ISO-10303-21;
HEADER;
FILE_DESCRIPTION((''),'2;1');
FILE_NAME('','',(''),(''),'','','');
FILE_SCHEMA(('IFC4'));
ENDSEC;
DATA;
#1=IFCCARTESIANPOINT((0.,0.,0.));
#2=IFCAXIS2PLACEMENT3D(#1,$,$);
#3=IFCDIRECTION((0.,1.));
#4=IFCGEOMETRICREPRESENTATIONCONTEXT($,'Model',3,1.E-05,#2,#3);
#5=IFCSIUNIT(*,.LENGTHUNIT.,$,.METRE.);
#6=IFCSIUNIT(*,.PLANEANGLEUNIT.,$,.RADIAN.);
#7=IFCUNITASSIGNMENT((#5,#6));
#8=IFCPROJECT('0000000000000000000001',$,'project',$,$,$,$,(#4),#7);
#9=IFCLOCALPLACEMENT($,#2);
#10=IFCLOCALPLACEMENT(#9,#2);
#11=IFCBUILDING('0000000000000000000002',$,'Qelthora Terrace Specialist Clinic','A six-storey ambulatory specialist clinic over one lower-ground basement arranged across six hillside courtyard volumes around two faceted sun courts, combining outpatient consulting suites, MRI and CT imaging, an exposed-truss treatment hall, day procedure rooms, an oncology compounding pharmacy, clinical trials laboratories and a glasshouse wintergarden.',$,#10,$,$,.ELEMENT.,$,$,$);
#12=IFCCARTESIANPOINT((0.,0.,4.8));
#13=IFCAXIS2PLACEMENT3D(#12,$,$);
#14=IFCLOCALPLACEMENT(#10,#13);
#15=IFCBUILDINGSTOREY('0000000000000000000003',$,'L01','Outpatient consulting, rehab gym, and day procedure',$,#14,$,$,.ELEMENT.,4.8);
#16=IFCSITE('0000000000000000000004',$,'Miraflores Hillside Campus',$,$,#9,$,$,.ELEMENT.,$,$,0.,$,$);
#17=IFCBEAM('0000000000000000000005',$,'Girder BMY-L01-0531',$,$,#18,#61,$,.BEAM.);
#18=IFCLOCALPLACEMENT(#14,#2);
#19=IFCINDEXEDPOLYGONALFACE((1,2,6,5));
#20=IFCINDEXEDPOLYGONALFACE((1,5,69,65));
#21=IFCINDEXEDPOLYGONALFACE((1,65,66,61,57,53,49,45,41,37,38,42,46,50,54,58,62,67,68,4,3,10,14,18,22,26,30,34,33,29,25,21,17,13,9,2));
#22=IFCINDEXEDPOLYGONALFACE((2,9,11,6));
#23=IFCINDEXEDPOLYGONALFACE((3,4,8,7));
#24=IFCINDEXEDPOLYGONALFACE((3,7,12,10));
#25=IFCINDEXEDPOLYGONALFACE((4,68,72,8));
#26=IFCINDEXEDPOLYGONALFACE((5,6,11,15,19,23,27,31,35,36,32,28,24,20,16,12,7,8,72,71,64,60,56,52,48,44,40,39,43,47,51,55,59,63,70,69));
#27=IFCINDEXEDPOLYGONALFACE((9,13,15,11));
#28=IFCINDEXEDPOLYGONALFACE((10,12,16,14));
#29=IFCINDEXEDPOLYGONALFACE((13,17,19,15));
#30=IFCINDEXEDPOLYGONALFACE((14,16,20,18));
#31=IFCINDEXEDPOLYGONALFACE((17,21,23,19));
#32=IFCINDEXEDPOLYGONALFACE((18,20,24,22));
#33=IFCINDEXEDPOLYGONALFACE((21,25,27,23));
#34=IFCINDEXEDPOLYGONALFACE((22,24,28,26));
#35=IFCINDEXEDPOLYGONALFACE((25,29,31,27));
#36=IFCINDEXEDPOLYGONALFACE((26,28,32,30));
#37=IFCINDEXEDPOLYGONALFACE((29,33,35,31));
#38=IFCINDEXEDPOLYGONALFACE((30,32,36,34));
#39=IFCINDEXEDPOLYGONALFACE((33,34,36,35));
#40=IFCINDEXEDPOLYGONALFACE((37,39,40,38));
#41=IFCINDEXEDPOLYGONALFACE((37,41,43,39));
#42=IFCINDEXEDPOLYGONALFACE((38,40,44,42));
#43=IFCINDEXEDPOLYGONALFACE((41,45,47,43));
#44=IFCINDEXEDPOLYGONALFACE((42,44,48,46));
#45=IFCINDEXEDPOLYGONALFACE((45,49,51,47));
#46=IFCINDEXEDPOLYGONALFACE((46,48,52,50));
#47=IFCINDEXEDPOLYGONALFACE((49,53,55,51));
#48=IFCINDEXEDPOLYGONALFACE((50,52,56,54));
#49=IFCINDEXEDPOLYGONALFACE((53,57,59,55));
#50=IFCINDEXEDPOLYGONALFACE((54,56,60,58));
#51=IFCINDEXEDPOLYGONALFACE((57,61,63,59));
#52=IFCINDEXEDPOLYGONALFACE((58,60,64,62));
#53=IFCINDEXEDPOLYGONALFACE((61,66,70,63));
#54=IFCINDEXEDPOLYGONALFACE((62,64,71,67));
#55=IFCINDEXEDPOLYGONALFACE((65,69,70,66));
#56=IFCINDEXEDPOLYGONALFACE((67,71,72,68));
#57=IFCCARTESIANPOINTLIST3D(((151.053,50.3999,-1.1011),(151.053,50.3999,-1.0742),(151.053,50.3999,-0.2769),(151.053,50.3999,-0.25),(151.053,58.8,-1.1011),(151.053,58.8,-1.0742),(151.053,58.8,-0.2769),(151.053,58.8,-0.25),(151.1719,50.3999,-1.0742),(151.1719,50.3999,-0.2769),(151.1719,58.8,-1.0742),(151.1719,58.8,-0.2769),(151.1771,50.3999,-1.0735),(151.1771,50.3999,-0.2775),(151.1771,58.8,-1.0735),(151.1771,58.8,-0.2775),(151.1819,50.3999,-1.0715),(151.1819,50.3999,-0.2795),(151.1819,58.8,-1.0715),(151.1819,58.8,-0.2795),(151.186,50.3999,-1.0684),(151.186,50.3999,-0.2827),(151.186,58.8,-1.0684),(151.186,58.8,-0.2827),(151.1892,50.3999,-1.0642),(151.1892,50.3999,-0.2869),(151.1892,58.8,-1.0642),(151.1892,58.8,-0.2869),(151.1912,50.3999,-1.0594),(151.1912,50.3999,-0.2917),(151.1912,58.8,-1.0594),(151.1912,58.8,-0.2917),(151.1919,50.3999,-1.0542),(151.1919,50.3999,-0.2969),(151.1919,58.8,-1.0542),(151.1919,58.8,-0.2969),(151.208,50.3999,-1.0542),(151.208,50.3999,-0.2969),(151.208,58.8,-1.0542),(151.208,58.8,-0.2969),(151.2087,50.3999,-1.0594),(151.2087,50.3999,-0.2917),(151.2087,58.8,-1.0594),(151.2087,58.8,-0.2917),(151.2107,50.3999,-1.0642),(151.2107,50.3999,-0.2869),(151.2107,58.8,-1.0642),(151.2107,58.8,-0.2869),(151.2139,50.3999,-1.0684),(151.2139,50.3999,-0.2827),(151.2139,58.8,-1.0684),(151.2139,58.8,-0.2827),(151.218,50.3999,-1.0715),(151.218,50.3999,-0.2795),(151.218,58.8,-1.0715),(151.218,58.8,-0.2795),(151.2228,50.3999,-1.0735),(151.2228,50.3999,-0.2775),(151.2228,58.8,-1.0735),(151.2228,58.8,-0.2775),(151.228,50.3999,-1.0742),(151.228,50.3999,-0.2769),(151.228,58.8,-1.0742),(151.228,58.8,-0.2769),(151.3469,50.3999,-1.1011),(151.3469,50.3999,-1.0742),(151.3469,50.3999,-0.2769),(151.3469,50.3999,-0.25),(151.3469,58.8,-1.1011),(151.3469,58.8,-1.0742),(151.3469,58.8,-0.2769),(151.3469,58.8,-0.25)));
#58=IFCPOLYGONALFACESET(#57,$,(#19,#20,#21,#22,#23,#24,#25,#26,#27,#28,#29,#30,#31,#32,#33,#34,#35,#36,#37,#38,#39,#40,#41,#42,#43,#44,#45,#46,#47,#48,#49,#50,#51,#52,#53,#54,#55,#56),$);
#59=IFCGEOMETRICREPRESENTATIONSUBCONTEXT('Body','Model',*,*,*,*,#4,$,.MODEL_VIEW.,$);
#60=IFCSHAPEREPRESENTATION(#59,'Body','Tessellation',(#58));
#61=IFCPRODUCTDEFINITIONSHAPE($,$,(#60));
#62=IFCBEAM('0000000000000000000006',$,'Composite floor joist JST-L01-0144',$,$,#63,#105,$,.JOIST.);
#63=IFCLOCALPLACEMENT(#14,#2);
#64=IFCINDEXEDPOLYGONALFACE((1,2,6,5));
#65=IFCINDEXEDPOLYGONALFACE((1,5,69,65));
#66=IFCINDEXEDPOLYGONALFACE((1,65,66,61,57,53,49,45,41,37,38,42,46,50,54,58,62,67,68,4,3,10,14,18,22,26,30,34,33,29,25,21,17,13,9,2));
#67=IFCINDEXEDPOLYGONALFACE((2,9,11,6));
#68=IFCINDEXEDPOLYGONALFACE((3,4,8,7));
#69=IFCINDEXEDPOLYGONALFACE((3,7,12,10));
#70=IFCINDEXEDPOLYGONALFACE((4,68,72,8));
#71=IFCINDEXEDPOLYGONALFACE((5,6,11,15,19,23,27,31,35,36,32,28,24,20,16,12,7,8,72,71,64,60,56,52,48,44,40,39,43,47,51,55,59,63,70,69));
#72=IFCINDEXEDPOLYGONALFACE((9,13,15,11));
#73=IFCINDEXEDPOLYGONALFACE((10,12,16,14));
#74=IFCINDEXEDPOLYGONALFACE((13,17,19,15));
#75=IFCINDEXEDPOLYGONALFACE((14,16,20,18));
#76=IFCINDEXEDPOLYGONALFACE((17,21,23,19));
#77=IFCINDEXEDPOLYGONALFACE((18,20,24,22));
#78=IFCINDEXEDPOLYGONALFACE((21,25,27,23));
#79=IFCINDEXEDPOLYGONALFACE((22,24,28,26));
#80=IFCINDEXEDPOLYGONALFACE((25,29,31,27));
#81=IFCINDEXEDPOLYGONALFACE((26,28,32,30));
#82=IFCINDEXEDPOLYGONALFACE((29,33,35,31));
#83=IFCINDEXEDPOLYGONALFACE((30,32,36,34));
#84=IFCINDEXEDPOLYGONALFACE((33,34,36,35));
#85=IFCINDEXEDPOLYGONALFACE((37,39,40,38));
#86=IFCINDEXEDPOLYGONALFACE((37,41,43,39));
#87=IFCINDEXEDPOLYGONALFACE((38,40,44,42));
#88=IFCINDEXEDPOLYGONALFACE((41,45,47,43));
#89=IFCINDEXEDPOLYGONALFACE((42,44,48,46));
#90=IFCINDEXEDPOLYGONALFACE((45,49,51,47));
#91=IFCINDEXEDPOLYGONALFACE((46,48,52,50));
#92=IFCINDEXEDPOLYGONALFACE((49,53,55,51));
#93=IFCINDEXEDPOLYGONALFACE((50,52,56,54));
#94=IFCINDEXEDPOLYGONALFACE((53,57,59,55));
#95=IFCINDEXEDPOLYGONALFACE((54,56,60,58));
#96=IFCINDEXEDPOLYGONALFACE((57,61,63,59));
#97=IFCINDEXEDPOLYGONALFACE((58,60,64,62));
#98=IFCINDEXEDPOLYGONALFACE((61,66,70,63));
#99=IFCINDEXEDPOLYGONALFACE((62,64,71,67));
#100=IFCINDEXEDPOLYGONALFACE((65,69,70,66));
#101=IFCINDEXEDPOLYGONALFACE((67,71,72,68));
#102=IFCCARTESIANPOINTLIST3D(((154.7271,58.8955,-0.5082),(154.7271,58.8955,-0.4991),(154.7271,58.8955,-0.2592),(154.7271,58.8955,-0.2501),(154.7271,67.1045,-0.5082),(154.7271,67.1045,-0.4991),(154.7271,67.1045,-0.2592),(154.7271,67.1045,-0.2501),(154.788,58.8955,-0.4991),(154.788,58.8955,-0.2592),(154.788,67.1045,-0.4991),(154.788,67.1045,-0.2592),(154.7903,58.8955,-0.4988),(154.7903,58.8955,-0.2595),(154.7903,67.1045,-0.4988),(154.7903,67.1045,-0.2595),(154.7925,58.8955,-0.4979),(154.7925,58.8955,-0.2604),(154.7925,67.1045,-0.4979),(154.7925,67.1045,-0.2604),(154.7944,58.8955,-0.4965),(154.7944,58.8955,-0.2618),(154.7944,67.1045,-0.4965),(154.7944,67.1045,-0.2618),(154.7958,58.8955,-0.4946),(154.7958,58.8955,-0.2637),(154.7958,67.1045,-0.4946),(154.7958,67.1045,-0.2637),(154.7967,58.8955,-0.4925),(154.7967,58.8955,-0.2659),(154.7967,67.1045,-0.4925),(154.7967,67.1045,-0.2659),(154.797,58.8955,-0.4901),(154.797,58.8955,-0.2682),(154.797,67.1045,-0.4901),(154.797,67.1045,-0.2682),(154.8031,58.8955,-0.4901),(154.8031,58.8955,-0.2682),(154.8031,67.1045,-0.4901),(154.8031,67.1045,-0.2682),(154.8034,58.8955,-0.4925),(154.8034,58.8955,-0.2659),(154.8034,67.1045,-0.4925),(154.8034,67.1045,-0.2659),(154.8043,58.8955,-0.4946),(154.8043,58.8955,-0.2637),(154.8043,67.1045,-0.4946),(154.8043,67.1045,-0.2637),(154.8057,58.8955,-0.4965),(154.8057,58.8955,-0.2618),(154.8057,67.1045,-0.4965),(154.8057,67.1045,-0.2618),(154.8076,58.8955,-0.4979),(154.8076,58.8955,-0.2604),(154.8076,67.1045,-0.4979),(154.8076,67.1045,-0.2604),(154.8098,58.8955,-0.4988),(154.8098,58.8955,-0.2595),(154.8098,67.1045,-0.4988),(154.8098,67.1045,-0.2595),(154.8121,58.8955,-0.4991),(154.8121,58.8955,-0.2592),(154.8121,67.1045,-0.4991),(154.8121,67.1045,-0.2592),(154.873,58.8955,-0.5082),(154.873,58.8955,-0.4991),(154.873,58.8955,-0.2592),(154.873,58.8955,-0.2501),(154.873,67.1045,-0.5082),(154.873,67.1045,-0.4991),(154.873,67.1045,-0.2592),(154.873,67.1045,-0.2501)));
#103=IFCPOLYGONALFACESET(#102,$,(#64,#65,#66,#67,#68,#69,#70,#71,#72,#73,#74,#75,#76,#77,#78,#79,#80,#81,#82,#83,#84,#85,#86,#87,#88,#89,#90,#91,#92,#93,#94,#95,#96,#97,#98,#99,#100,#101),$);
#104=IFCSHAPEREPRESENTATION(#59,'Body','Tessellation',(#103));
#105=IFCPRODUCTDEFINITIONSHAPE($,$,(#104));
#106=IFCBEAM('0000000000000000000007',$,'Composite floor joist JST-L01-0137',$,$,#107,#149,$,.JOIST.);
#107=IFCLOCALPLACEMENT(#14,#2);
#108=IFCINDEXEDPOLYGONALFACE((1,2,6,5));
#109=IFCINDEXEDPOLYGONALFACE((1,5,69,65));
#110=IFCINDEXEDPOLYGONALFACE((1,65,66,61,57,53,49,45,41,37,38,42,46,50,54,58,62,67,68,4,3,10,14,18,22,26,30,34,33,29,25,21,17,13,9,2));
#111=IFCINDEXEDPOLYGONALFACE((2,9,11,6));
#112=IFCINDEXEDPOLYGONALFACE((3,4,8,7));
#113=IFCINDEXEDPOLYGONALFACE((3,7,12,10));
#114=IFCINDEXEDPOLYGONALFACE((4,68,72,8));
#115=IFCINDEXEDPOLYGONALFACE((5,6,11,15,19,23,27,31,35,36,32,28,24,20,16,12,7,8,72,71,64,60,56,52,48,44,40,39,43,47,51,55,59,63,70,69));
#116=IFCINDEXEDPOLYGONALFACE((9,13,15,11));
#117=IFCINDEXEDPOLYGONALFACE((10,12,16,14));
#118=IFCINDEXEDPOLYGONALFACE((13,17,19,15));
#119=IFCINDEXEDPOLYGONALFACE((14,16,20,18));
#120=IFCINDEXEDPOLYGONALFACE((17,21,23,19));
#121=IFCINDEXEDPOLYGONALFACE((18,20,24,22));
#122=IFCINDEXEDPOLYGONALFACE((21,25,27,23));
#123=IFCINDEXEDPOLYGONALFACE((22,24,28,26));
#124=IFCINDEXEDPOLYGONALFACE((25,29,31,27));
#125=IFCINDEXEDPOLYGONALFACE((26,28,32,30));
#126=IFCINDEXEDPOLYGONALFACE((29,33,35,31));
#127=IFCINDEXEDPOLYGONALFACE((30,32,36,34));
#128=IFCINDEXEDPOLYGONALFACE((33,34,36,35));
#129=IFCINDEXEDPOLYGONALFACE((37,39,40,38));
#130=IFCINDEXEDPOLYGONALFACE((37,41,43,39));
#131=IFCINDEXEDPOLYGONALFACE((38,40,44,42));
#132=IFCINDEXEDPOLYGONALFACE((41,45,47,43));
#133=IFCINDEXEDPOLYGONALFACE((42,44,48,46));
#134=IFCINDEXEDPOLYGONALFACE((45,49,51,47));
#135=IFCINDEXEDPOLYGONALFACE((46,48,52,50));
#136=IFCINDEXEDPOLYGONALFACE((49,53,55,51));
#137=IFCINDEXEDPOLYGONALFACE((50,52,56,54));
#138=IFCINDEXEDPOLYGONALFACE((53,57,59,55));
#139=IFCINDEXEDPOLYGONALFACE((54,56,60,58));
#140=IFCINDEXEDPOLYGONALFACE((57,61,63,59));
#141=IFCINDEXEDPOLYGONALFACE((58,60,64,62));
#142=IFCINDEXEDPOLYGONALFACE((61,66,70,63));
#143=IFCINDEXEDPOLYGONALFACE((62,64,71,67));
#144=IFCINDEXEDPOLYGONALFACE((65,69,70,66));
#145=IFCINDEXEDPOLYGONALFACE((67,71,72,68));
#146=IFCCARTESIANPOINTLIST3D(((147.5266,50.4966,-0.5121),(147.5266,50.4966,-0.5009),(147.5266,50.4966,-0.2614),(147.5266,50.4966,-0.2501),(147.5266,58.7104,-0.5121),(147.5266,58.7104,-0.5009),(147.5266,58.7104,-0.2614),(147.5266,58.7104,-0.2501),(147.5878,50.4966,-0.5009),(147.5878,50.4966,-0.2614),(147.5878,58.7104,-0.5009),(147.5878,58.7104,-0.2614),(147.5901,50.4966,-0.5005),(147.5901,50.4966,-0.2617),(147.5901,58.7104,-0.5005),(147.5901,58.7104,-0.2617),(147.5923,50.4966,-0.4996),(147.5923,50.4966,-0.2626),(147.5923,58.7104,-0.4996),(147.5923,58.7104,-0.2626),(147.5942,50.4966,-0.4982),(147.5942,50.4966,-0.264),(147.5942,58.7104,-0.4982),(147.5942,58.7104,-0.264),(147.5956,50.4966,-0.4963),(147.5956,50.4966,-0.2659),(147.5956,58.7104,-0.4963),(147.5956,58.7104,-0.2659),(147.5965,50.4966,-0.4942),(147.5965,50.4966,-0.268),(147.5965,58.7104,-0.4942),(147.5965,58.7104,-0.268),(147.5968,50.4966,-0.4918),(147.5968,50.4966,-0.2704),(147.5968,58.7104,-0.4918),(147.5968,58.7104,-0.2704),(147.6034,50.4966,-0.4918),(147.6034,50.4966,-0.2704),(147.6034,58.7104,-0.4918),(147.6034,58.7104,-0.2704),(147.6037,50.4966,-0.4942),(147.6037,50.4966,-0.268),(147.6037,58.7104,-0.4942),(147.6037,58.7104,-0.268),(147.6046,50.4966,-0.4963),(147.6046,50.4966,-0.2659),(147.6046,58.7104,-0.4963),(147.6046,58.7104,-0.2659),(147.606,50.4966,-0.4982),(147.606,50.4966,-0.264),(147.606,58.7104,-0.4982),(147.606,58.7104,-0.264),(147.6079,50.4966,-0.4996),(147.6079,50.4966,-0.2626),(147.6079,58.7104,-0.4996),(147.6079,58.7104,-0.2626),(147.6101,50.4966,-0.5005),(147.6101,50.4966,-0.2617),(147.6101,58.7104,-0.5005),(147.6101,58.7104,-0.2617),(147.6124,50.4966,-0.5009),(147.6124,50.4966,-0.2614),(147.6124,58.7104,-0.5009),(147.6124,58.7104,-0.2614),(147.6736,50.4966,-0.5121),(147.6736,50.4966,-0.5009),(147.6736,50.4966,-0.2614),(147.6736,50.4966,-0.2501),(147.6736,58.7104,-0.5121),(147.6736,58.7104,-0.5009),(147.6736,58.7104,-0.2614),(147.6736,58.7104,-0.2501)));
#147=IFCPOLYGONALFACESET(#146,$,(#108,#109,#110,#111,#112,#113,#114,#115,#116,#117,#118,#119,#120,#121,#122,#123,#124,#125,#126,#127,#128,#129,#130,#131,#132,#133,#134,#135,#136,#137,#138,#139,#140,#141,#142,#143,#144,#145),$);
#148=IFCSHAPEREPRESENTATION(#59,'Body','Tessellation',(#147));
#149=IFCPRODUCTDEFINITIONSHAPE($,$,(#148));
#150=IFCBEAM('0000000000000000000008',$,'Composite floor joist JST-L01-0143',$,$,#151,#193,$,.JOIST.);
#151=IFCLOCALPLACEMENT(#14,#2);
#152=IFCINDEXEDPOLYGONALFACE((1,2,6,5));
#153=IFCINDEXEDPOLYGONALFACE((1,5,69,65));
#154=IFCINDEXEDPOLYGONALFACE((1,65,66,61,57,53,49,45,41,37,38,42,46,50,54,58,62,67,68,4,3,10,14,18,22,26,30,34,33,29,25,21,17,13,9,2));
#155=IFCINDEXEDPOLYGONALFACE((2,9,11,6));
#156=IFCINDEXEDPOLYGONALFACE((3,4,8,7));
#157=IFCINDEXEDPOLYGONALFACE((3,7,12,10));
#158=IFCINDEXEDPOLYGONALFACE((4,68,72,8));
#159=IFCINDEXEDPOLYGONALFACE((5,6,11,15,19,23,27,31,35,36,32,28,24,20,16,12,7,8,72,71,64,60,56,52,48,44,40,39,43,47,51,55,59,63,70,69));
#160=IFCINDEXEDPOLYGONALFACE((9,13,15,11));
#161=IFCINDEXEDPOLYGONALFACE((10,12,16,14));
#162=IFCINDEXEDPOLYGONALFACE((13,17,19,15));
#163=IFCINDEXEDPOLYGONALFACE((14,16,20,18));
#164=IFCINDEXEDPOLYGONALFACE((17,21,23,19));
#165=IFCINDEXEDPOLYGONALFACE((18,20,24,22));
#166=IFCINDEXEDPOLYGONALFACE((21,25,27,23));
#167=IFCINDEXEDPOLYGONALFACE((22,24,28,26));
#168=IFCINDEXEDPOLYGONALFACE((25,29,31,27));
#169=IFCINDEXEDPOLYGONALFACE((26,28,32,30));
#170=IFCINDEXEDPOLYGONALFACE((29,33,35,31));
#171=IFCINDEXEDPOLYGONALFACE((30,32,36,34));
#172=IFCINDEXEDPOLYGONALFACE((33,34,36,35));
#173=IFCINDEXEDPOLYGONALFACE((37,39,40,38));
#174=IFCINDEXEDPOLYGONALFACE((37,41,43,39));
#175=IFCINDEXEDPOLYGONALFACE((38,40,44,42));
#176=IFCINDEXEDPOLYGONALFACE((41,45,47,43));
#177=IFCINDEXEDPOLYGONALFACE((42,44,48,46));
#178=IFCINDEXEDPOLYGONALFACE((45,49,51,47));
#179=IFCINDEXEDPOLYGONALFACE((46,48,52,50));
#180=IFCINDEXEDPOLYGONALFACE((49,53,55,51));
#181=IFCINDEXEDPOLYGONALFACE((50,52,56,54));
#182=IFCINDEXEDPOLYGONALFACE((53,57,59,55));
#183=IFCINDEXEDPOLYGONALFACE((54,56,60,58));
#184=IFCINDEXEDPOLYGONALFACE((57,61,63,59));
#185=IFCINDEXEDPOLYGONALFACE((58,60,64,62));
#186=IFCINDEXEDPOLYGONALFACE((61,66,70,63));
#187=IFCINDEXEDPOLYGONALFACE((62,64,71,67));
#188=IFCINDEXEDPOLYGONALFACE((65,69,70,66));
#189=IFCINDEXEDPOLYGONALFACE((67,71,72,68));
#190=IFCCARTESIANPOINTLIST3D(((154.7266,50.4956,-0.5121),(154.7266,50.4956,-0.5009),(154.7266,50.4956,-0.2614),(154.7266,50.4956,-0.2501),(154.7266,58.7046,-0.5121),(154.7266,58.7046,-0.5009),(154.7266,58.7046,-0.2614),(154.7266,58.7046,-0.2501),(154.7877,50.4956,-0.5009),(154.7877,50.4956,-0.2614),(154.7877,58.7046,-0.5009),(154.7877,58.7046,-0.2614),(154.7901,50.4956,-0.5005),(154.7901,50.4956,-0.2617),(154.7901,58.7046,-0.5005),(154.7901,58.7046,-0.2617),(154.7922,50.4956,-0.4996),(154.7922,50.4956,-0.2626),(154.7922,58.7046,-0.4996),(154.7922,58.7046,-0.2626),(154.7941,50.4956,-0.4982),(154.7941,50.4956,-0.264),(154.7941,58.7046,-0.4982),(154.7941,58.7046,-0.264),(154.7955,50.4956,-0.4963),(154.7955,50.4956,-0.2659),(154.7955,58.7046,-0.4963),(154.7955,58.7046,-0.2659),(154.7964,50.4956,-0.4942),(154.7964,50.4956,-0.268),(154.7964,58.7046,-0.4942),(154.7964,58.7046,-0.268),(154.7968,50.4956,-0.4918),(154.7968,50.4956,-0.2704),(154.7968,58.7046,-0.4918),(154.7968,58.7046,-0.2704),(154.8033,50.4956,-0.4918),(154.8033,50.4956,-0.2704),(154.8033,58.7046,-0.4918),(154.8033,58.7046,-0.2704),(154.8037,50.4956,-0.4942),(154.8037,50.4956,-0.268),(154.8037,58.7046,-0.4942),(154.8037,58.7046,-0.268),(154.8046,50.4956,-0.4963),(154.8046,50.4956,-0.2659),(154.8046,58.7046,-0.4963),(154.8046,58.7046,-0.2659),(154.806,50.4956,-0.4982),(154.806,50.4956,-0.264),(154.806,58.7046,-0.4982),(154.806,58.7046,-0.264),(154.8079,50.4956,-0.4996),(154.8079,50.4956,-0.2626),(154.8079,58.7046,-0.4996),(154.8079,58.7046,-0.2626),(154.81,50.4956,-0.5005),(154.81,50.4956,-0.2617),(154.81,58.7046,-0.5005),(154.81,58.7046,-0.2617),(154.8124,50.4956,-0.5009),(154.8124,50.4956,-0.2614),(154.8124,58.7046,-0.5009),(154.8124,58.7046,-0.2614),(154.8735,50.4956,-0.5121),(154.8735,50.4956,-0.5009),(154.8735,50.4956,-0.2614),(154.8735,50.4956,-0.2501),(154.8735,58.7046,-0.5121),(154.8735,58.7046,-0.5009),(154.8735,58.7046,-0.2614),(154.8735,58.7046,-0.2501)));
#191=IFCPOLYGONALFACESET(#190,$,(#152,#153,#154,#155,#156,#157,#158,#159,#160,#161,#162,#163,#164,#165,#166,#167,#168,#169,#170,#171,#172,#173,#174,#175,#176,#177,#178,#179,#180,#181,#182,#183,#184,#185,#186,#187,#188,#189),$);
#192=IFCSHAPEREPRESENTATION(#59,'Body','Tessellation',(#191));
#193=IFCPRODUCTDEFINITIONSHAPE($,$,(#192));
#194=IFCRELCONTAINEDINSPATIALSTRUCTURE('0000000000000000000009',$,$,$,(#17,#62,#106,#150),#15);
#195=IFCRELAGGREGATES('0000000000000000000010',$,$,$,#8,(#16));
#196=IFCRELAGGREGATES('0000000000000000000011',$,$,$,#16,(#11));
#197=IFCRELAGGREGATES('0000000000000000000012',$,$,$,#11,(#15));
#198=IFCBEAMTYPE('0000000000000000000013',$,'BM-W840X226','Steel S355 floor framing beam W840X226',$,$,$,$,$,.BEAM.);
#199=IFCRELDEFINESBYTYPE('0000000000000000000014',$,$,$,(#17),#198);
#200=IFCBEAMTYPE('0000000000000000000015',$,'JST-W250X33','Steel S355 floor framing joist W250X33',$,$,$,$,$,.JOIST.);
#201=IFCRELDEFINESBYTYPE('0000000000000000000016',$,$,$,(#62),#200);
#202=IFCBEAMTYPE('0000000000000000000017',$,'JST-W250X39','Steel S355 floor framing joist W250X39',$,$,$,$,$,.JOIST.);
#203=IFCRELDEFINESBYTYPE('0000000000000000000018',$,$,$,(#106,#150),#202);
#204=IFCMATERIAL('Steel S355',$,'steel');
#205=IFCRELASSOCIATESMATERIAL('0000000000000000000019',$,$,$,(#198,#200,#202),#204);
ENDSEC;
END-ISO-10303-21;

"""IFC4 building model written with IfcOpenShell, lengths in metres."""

from ifc_helpers import new_model, si_unit, direction, frame, origin, origin_2d, place, context, subcontext, project, spatial, i_section, extrude, material, material_profile, profile_set, type_object, element, save


model = new_model("IFC4")

# Units and contexts
model_context = context("Model", 3, precision=1e-05, world=origin(), true_north=direction((0.0, 1.0)))
body_context = subcontext(model_context, "Body", "Model", "MODEL_VIEW")
ifc_project = project(units=[si_unit("LENGTHUNIT", "METRE"), si_unit("PLANEANGLEUNIT", "RADIAN")], contexts=[model_context])

# Site, building, storey
site_placement = place(None, origin())
site = spatial("IfcSite", under=ifc_project, at=site_placement, Name="Miraflores Hillside Campus", CompositionType="ELEMENT", RefElevation=0.0)
building_placement = place(site_placement, origin())
building = spatial("IfcBuilding", under=site, at=building_placement, Name="Qelthora Terrace Specialist Clinic", Description="A six-storey ambulatory specialist clinic over one lower-ground basement arranged across six hillside courtyard volumes around two faceted sun courts, combining outpatient consulting suites, MRI and CT imaging, an exposed-truss treatment hall, day procedure rooms, an oncology compounding pharmacy, clinical trials laboratories and a glasshouse wintergarden.", CompositionType="ELEMENT")
storey_placement = place(building_placement, frame((0.0, 0.0, 4.8)))
storey = spatial("IfcBuildingStorey", under=building, at=storey_placement, Name="L01", Description="Outpatient consulting, rehab gym, and day procedure", CompositionType="ELEMENT", Elevation=4.8)

# Shared definitions
ifc_material_1 = material(Name="Steel S355", Category="steel")

# Beams
ifc_material_profile_1 = material_profile(ifc_material_1, i_section(OverallWidth=0.2939, OverallDepth=0.8511, WebThickness=0.0161, FlangeThickness=0.0269, FilletRadius=0.02, at=origin_2d()), Name="W840X226")
ifc_profile_set_1 = profile_set([ifc_material_profile_1], Name="Steel S355")
beam_type_1 = type_object("IfcBeamType", Name="BM-W840X226", Description="Steel S355 floor framing beam W840X226", PredefinedType="BEAM", material=ifc_profile_set_1)
beam_1_placement = place(storey_placement, frame((151.2, 50.3999, -0.6755), z_axis=(0.0, 1.0, 0.0), x_axis=(-1.0, 0.0, 0.0)))
element("IfcBeam", 1, at=beam_1_placement, inside=storey, type_object=beam_type_1, Name="Girder BMY-L01-0531", PredefinedType="BEAM", context=body_context, shape_type="SweptSolid", body=[
    extrude(i_section(OverallWidth=0.2939, OverallDepth=0.8511, WebThickness=0.0161, FlangeThickness=0.0269, FilletRadius=0.02, at=origin_2d()), origin(), (0.0, 0.0, 1.0), 8.4001),
])
ifc_material_profile_2 = material_profile(ifc_material_1, i_section(OverallWidth=0.146, OverallDepth=0.2581, WebThickness=0.0061, FlangeThickness=0.009, FilletRadius=0.009, at=origin_2d()), Name="W250X33")
ifc_profile_set_2 = profile_set([ifc_material_profile_2], Name="Steel S355")
beam_type_2 = type_object("IfcBeamType", Name="JST-W250X33", Description="Steel S355 floor framing joist W250X33", PredefinedType="JOIST", material=ifc_profile_set_2)
beam_2_placement = place(storey_placement, frame((154.8, 58.8955, -0.3792), z_axis=(0.0, 1.0, 0.0), x_axis=(-1.0, 0.0, 0.0)))
element("IfcBeam", 2, at=beam_2_placement, inside=storey, type_object=beam_type_2, Name="Composite floor joist JST-L01-0144", PredefinedType="JOIST", context=body_context, shape_type="SweptSolid", body=[
    extrude(i_section(OverallWidth=0.146, OverallDepth=0.2581, WebThickness=0.0061, FlangeThickness=0.009, FilletRadius=0.009, at=origin_2d()), origin(), (0.0, 0.0, 1.0), 8.209),
])
ifc_material_profile_3 = material_profile(ifc_material_1, i_section(OverallWidth=0.147, OverallDepth=0.262, WebThickness=0.0066, FlangeThickness=0.0112, FilletRadius=0.009, at=origin_2d()), Name="W250X39")
ifc_profile_set_3 = profile_set([ifc_material_profile_3], Name="Steel S355")
beam_type_3 = type_object("IfcBeamType", Name="JST-W250X39", Description="Steel S355 floor framing joist W250X39", PredefinedType="JOIST", material=ifc_profile_set_3)
beam_3_placement = place(storey_placement, frame((147.6001, 50.4966, -0.3811), z_axis=(0.0, 1.0, 0.0), x_axis=(-1.0, 0.0, 0.0)))
element("IfcBeam", 3, at=beam_3_placement, inside=storey, type_object=beam_type_3, Name="Composite floor joist JST-L01-0137", PredefinedType="JOIST", context=body_context, shape_type="SweptSolid", body=[
    extrude(i_section(OverallWidth=0.147, OverallDepth=0.262, WebThickness=0.0066, FlangeThickness=0.0112, FilletRadius=0.009, at=origin_2d()), origin(), (0.0, 0.0, 1.0), 8.2139),
])
beam_4_placement = place(storey_placement, frame((154.8, 50.4956, -0.3811), z_axis=(0.0, 1.0, 0.0), x_axis=(-1.0, 0.0, 0.0)))
element("IfcBeam", 4, at=beam_4_placement, inside=storey, type_object=beam_type_3, Name="Composite floor joist JST-L01-0143", PredefinedType="JOIST", context=body_context, shape_type="SweptSolid", body=[
    extrude(i_section(OverallWidth=0.147, OverallDepth=0.262, WebThickness=0.0066, FlangeThickness=0.0112, FilletRadius=0.009, at=origin_2d()), origin(), (0.0, 0.0, 1.0), 8.209),
])

save(model, "model.ifc")
